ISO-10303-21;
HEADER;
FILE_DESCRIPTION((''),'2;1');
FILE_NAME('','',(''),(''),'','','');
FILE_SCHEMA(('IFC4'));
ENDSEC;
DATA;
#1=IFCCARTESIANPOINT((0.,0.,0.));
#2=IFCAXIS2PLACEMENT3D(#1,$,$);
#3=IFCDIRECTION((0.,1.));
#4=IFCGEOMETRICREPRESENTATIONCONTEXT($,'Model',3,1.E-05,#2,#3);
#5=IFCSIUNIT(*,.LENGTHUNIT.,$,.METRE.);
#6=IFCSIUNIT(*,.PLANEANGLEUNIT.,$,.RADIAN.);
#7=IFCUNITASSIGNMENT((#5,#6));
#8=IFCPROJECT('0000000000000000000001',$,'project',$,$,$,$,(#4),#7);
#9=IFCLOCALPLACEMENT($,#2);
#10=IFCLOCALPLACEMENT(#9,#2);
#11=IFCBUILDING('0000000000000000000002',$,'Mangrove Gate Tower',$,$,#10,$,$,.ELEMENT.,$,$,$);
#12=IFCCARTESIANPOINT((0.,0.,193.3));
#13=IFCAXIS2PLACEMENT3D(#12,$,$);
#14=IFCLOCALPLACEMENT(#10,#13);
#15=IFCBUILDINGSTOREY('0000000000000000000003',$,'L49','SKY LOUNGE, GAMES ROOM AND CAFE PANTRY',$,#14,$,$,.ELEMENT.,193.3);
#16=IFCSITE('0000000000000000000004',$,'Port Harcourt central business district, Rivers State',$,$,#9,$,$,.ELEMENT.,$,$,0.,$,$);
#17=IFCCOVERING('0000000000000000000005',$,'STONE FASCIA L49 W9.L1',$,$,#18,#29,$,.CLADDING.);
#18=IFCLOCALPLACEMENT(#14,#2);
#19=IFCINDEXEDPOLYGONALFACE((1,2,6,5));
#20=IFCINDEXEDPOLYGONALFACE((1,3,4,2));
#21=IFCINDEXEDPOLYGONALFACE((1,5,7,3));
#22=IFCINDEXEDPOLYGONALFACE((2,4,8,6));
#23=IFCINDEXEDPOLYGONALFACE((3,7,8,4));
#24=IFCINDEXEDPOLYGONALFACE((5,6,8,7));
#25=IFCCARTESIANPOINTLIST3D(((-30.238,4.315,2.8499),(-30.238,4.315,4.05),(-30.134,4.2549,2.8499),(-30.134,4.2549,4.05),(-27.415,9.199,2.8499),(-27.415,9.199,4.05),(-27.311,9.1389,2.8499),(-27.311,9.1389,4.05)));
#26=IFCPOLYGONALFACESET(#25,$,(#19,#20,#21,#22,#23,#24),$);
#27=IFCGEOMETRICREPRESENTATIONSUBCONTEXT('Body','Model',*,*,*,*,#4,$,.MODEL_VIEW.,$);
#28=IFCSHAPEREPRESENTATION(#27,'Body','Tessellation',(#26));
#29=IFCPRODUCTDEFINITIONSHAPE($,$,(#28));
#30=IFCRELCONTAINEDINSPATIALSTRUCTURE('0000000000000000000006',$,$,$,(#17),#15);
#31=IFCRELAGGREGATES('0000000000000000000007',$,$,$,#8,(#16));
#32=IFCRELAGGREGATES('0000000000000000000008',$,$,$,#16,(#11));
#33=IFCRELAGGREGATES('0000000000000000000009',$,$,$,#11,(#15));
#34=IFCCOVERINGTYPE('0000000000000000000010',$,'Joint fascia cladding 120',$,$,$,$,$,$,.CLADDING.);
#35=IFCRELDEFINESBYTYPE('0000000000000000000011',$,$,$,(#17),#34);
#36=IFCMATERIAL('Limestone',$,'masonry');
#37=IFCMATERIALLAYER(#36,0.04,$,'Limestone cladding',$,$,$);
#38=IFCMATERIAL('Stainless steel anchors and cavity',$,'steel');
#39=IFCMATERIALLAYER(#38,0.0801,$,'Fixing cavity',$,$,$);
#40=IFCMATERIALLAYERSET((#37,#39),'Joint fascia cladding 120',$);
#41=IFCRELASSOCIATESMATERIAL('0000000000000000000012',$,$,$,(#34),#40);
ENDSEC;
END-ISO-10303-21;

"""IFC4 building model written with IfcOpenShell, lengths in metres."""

from ifc_helpers import new_model, si_unit, direction, frame, frame_2d, origin, place, context, subcontext, project, spatial, rectangle, extrude, material, layer, layer_set, type_object, element, save


model = new_model("IFC4")

# Units and contexts
model_context = context("Model", 3, precision=1e-05, world=origin(), true_north=direction((0.0, 1.0)))
body_context = subcontext(model_context, "Body", "Model", "MODEL_VIEW")
ifc_project = project(units=[si_unit("LENGTHUNIT", "METRE"), si_unit("PLANEANGLEUNIT", "RADIAN")], contexts=[model_context])

# Site, building, storey
site_placement = place(None, origin())
site = spatial("IfcSite", under=ifc_project, at=site_placement, Name="Port Harcourt central business district, Rivers State", CompositionType="ELEMENT", RefElevation=0.0)
building_placement = place(site_placement, origin())
building = spatial("IfcBuilding", under=site, at=building_placement, Name="Mangrove Gate Tower", CompositionType="ELEMENT")
storey_placement = place(building_placement, frame((0.0, 0.0, 193.3)))
storey = spatial("IfcBuildingStorey", under=building, at=storey_placement, Name="L49", Description="SKY LOUNGE, GAMES ROOM AND CAFE PANTRY", CompositionType="ELEMENT", Elevation=193.3)

# Shared definitions
ifc_material_1 = material(Name="Limestone", Category="masonry")

# Covering
ifc_layer_1 = layer(ifc_material_1, 0.04, Name="Limestone cladding")
ifc_material_2 = material(Name="Stainless steel anchors and cavity", Category="steel")
ifc_layer_2 = layer(ifc_material_2, 0.0801, Name="Fixing cavity")
ifc_layer_set_1 = layer_set([ifc_layer_1, ifc_layer_2], Name="Joint fascia cladding 120")
covering_type = type_object("IfcCoveringType", Name="Joint fascia cladding 120", PredefinedType="CLADDING", material=ifc_layer_set_1)
covering_1_placement = place(storey_placement, frame((-27.363, 9.1689, 2.8499), z_axis=(0.0, 0.0, 1.0), x_axis=(-0.500425, -0.86578, 0.0)))
element("IfcCovering", 1, at=covering_1_placement, inside=storey, type_object=covering_type, Name="STONE FASCIA L49 W9.L1", PredefinedType="CLADDING", context=body_context, shape_type="SweptSolid", body=[
    extrude(rectangle(XDim=5.6411, YDim=0.1201, at=frame_2d((2.8206, 0.0))), origin(), (0.0, 0.0, 1.0), 1.2002),
])

save(model, "model.ifc")
